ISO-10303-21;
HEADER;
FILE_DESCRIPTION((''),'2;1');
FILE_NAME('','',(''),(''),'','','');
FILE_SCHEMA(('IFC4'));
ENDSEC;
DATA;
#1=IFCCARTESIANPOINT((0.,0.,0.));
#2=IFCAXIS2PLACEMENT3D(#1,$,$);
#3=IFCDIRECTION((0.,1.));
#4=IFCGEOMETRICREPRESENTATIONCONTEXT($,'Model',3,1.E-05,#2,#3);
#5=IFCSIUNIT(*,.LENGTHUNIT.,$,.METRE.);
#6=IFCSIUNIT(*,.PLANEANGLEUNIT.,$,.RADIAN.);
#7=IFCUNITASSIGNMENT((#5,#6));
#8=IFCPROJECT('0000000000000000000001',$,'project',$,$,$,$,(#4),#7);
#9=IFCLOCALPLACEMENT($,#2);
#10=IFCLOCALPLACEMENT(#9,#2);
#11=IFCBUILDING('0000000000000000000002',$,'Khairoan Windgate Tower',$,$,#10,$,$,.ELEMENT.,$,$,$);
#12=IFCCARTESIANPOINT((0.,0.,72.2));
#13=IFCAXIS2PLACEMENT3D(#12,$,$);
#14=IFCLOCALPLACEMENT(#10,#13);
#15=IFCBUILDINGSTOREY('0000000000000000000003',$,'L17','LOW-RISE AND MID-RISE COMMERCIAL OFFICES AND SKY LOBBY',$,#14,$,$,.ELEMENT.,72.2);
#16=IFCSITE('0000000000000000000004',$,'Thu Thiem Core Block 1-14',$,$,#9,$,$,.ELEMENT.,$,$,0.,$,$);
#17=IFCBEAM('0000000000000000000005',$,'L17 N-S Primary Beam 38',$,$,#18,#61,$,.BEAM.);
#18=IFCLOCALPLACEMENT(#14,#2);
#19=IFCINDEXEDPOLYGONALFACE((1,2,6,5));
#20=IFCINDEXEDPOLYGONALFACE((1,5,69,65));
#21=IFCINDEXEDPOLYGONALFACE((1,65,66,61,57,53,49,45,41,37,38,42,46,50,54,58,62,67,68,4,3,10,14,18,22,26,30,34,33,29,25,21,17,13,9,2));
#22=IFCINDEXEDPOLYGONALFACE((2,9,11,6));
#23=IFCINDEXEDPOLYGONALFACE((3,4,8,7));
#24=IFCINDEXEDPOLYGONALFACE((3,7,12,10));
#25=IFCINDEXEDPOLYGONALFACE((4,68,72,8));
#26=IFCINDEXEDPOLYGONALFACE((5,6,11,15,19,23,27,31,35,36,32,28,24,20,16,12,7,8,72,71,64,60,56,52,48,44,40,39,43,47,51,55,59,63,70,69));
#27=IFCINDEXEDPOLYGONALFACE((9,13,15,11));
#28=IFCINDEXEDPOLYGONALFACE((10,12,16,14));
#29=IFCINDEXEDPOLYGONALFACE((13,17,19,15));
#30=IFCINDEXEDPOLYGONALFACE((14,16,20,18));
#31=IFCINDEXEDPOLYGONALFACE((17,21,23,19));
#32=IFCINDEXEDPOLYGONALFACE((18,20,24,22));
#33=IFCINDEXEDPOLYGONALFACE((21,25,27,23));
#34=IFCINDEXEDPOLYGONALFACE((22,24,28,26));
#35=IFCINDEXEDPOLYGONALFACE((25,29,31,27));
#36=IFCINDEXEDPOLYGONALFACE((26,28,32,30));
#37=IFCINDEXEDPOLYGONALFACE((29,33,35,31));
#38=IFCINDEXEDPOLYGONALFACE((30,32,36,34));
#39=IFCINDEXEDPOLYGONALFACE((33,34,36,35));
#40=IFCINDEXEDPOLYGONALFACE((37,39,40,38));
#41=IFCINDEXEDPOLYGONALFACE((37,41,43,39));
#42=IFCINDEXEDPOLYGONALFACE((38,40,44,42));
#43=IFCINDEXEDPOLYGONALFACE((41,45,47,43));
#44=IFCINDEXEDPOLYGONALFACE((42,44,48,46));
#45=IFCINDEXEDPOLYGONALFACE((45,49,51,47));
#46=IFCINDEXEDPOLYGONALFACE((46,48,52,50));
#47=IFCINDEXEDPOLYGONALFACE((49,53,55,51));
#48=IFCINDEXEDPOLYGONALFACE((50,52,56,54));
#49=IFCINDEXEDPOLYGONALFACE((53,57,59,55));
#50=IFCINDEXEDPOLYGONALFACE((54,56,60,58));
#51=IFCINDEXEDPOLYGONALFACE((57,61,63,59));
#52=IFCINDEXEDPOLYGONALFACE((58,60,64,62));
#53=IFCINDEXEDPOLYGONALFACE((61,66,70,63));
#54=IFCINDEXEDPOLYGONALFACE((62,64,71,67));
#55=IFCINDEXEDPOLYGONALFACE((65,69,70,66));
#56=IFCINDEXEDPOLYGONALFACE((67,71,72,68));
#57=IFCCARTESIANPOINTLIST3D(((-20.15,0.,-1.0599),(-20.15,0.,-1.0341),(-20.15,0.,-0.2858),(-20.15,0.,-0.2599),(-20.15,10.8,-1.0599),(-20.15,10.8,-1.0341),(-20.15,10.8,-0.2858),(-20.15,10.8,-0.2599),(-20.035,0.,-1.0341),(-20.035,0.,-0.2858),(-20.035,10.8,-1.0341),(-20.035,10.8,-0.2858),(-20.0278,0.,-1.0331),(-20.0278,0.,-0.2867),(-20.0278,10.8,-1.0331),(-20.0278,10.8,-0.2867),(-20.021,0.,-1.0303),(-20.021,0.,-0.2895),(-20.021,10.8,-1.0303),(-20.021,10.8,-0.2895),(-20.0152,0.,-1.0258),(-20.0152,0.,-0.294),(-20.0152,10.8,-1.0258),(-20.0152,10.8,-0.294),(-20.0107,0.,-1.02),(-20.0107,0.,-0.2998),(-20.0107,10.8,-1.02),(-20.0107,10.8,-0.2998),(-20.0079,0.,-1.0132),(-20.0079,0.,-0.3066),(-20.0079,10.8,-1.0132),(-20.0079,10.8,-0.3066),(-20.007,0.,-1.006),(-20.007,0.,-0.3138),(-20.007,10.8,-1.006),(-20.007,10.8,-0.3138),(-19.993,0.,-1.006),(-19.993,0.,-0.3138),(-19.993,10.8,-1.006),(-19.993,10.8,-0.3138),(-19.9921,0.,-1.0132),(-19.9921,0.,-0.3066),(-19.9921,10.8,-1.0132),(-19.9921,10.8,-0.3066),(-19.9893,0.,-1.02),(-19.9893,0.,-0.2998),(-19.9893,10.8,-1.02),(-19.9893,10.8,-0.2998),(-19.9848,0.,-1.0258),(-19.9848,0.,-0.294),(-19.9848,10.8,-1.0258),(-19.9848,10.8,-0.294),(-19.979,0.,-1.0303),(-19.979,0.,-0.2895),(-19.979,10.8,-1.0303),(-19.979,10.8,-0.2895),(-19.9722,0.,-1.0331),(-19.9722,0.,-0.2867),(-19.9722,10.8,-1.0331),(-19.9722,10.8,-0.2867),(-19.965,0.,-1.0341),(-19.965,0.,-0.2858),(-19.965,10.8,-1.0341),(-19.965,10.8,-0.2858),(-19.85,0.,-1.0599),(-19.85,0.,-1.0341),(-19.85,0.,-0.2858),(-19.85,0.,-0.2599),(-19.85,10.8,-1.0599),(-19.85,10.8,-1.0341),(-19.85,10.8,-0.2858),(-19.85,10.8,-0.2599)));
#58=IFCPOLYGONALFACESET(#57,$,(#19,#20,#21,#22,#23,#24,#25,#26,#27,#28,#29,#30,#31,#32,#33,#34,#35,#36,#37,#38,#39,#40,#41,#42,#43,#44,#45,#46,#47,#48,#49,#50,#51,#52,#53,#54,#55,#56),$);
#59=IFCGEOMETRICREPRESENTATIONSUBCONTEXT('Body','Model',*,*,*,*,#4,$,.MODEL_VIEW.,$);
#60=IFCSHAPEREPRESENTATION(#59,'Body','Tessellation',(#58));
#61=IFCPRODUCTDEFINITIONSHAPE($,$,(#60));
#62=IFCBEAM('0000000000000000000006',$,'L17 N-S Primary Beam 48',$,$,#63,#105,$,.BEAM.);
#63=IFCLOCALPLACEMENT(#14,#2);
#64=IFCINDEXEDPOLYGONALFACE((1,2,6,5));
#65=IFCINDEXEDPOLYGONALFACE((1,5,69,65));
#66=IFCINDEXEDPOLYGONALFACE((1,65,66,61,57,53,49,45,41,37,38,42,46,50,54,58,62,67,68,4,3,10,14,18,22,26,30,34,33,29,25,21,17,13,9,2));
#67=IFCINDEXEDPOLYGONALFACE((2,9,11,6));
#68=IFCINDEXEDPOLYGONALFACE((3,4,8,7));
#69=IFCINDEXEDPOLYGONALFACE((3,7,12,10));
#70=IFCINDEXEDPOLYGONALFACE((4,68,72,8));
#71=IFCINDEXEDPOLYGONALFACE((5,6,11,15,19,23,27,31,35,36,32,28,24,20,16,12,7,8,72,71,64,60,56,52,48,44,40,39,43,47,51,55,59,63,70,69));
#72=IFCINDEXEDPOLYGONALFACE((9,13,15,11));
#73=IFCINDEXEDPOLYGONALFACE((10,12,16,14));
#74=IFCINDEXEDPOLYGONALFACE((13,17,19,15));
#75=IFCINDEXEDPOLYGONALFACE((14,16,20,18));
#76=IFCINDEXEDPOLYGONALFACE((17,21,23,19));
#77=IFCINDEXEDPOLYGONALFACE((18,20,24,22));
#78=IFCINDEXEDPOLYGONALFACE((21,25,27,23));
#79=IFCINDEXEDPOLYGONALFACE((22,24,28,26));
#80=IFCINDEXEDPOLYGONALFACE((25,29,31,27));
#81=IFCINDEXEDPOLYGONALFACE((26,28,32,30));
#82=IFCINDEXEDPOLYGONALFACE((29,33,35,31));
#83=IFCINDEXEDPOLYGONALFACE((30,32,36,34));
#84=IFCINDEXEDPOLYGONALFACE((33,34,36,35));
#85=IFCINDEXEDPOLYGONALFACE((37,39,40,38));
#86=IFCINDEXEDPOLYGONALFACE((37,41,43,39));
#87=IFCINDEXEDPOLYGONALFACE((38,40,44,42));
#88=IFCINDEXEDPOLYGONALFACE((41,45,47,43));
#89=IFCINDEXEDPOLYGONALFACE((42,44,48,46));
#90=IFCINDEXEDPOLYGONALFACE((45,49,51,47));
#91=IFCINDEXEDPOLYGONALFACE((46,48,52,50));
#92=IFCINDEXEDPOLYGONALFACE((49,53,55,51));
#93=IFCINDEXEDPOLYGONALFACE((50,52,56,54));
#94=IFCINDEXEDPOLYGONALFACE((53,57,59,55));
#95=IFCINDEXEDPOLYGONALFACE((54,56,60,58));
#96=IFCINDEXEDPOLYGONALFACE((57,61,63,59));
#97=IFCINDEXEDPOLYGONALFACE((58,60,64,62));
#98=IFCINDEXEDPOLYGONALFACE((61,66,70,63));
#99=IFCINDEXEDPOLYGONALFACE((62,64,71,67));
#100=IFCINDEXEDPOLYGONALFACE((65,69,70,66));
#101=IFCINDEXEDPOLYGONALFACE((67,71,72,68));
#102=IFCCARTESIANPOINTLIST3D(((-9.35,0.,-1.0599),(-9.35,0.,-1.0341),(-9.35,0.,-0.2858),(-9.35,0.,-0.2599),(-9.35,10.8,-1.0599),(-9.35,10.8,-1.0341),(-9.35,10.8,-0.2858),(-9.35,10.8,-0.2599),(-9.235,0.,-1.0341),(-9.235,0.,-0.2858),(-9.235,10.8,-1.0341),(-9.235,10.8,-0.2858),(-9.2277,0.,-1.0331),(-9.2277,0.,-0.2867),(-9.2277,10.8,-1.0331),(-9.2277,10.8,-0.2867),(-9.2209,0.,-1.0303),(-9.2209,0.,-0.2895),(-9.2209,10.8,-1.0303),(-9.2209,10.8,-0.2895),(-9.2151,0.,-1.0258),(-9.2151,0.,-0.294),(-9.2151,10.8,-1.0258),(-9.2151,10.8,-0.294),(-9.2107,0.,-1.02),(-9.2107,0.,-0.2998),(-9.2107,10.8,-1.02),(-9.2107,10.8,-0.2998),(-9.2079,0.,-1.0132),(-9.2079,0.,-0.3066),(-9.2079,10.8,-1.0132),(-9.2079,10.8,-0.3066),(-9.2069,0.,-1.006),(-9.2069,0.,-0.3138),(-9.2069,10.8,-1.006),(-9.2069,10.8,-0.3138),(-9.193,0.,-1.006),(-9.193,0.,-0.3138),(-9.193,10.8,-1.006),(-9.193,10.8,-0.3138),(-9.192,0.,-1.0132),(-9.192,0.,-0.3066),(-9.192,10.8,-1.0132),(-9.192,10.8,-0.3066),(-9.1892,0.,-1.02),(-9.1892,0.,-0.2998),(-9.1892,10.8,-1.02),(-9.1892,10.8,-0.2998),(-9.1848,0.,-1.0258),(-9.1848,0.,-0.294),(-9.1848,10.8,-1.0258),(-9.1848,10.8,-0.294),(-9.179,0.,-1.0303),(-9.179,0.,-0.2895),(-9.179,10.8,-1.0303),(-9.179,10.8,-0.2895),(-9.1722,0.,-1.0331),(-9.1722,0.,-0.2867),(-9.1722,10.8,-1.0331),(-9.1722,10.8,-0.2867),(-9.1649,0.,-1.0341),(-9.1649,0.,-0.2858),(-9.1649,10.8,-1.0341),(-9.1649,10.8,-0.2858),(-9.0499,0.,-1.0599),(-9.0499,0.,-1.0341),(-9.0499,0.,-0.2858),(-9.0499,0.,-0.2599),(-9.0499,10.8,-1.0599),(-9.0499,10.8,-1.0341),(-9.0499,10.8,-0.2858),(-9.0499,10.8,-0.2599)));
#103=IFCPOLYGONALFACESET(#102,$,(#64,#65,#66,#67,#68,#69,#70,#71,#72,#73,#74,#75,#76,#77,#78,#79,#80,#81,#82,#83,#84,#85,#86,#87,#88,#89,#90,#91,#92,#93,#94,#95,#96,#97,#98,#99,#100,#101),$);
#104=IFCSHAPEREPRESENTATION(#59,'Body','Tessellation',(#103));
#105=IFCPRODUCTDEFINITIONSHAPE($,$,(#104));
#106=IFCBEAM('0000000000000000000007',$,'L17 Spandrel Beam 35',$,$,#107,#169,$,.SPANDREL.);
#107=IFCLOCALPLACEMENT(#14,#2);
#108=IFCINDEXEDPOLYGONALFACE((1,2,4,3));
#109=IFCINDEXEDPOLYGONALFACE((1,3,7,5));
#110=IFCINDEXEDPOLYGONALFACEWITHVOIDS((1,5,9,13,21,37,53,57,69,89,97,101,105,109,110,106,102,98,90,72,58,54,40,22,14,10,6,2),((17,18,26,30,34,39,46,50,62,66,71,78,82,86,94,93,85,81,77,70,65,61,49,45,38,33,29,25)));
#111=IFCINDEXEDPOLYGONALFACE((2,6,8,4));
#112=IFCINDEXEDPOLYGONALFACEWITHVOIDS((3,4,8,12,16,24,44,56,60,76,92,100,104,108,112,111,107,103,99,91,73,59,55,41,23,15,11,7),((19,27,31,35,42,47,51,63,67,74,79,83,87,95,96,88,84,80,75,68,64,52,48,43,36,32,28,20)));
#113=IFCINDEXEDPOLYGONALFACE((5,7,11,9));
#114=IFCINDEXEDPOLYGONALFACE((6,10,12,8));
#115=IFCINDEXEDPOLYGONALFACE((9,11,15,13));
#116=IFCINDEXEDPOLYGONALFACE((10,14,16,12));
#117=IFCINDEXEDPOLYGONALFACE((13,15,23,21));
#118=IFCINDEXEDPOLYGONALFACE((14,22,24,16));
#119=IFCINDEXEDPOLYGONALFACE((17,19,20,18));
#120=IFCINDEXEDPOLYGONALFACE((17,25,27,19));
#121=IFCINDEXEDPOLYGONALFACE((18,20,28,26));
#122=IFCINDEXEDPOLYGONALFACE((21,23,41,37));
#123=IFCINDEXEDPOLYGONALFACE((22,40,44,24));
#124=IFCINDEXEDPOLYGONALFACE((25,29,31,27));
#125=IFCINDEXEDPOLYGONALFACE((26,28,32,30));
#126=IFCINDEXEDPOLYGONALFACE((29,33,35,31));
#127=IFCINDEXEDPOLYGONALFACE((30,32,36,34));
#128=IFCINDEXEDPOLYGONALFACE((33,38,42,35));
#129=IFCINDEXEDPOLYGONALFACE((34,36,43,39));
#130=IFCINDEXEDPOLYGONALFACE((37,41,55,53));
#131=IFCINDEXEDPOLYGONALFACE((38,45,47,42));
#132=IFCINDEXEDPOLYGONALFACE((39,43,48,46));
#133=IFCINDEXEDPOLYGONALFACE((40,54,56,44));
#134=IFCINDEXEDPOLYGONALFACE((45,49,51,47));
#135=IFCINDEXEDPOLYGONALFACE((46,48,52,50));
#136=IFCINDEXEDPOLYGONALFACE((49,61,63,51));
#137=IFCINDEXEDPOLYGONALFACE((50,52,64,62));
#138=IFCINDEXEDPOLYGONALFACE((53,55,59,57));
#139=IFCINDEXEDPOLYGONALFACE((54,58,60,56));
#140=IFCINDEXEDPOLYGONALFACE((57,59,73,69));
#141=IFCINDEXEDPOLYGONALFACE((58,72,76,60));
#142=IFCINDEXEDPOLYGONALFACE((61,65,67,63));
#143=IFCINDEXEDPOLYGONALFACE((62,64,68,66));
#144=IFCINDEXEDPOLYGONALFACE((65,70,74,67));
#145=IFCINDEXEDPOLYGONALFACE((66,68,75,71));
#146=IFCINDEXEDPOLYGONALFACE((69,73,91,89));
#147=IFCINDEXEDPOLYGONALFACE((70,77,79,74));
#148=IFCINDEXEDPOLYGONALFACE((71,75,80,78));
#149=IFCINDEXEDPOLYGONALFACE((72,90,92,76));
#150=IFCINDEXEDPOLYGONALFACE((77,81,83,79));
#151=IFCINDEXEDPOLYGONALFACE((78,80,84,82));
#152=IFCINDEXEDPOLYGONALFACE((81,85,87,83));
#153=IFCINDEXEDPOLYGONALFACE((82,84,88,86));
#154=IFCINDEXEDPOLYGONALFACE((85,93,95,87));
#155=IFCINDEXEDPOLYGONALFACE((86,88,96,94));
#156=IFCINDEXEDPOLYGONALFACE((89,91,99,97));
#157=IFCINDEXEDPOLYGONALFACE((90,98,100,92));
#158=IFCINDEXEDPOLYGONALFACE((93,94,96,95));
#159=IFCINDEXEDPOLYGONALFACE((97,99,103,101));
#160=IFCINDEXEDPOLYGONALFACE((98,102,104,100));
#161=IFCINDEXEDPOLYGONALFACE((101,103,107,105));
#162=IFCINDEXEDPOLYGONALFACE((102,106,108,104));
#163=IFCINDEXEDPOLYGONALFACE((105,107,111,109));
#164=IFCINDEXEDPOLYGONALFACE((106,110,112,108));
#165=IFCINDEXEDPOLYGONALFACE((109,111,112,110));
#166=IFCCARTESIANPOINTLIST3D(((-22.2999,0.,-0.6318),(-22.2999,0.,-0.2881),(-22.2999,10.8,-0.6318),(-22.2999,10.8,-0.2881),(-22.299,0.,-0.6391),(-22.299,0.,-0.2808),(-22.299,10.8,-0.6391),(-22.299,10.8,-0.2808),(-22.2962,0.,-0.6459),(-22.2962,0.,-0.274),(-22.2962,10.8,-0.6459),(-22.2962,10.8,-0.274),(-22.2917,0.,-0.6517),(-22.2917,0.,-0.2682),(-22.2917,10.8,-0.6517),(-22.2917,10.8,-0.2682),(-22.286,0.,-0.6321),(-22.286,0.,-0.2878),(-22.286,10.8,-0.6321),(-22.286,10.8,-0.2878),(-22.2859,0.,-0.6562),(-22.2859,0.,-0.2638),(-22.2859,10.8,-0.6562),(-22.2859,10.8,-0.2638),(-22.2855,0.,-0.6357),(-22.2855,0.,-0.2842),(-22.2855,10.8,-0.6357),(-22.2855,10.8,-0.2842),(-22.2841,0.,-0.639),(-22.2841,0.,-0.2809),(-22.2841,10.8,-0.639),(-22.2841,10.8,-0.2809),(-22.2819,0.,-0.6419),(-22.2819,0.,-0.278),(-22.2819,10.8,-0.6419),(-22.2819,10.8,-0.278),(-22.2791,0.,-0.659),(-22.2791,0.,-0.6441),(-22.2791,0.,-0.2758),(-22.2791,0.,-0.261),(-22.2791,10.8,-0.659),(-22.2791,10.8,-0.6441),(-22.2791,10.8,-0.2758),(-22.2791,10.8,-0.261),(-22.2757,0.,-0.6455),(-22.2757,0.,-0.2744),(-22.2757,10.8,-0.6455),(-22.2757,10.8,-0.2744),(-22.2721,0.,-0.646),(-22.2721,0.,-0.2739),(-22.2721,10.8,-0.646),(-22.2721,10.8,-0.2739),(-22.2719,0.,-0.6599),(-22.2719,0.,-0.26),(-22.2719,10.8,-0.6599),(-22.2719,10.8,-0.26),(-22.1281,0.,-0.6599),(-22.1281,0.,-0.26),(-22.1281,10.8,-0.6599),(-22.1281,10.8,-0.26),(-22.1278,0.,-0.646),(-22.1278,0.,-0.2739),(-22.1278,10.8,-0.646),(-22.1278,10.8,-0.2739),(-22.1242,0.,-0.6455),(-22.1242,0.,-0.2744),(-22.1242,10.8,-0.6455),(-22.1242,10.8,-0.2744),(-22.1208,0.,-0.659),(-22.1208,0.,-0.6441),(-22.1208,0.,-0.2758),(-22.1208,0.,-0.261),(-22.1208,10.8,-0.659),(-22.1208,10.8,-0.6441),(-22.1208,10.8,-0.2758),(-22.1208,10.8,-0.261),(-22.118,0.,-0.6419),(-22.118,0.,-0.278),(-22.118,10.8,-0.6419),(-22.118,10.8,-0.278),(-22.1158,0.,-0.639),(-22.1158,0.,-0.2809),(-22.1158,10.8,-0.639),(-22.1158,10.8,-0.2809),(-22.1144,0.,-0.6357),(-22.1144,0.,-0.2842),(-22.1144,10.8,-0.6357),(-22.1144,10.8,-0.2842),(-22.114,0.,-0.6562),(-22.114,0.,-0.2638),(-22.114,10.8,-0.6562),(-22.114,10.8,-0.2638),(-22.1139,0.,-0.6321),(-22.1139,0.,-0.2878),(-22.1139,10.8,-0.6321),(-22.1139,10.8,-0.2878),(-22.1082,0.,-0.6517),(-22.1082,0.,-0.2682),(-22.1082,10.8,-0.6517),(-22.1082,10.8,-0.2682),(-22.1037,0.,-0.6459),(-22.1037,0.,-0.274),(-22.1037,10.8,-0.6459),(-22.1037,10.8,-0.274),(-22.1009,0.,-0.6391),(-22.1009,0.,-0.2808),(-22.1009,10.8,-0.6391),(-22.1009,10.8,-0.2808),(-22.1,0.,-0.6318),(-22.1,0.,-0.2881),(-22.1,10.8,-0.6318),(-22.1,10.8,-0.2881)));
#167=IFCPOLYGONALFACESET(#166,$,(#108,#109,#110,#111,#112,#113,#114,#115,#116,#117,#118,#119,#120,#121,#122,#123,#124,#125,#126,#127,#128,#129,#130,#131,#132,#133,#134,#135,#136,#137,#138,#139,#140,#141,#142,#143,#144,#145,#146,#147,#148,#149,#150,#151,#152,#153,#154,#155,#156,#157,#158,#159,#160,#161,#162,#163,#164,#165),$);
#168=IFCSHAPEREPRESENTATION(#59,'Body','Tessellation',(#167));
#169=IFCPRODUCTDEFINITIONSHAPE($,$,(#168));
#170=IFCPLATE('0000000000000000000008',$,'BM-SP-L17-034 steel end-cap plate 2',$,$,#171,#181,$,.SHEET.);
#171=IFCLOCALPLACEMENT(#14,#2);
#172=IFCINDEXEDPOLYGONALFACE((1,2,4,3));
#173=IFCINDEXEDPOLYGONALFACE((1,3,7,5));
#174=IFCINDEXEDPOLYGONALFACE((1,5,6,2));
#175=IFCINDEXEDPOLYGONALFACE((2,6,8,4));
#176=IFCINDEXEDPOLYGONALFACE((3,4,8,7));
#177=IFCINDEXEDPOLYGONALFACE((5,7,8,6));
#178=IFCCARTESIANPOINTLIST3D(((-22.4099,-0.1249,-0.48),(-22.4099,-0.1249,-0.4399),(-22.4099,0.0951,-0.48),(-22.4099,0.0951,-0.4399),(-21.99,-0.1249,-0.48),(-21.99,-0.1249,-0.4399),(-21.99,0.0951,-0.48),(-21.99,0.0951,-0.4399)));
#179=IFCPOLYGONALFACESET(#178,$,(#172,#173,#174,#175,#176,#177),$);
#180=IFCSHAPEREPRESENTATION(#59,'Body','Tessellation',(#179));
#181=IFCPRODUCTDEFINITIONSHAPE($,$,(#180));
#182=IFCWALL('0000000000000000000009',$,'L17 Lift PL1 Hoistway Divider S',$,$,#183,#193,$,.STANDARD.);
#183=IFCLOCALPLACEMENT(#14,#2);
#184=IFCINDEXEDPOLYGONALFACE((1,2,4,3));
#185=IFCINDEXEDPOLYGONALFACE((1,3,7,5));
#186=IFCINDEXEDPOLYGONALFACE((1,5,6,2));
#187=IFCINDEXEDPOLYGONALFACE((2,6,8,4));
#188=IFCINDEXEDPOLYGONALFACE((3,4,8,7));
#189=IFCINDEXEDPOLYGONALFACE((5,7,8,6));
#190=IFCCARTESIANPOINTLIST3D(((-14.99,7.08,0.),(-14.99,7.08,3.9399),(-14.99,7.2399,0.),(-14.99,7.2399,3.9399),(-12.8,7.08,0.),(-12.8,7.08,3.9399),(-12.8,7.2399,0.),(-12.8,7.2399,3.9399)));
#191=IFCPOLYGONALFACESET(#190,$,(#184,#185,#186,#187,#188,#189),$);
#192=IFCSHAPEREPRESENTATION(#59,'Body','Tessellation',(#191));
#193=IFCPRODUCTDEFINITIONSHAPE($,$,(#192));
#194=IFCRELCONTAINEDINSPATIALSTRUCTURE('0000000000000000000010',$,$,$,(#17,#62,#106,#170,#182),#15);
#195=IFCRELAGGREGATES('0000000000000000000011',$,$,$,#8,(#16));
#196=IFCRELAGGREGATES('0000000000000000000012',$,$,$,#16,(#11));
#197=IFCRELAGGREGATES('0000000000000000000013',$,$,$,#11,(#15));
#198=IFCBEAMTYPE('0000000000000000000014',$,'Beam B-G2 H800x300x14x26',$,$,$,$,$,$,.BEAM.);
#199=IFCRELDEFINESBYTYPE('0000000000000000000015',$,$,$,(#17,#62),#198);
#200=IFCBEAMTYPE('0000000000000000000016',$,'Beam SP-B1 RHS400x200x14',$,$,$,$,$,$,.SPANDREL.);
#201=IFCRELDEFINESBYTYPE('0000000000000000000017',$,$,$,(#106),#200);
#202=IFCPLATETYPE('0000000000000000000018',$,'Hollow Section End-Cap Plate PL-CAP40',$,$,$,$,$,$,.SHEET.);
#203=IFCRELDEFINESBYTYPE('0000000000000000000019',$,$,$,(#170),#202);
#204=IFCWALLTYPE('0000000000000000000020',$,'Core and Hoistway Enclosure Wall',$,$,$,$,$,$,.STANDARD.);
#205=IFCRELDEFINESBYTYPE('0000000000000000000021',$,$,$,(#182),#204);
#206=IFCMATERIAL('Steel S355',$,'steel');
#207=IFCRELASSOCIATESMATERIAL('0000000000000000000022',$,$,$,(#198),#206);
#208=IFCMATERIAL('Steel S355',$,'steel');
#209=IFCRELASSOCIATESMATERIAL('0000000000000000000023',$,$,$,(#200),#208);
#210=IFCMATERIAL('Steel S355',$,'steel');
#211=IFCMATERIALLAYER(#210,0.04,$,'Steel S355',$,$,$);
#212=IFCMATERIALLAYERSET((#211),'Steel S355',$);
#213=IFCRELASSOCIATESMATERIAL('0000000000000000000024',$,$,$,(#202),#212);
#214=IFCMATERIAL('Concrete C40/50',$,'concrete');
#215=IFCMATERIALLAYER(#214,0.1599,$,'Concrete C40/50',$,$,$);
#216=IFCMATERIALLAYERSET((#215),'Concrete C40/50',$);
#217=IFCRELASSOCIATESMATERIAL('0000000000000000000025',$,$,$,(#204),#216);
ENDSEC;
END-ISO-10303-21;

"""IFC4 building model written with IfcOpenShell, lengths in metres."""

from ifc_helpers import new_model, si_unit, direction, frame, frame_2d, origin, origin_2d, place, context, subcontext, project, spatial, rectangle, hollow_rectangle, i_section, extrude, material, layer, layer_set, material_profile, profile_set, type_object, element, save


model = new_model("IFC4")

# Units and contexts
model_context = context("Model", 3, precision=1e-05, world=origin(), true_north=direction((0.0, 1.0)))
body_context = subcontext(model_context, "Body", "Model", "MODEL_VIEW")
ifc_project = project(units=[si_unit("LENGTHUNIT", "METRE"), si_unit("PLANEANGLEUNIT", "RADIAN")], contexts=[model_context])

# Site, building, storey
site_placement = place(None, origin())
site = spatial("IfcSite", under=ifc_project, at=site_placement, Name="Thu Thiem Core Block 1-14", CompositionType="ELEMENT", RefElevation=0.0)
building_placement = place(site_placement, origin())
building = spatial("IfcBuilding", under=site, at=building_placement, Name="Khairoan Windgate Tower", CompositionType="ELEMENT")
storey_placement = place(building_placement, frame((0.0, 0.0, 72.2)))
storey = spatial("IfcBuildingStorey", under=building, at=storey_placement, Name="L17", Description="LOW-RISE AND MID-RISE COMMERCIAL OFFICES AND SKY LOBBY", CompositionType="ELEMENT", Elevation=72.2)

# Beams
ifc_material_1 = material(Name="Steel S355", Category="steel")
ifc_material_profile_1 = material_profile(ifc_material_1, i_section(OverallWidth=0.3, OverallDepth=0.8, WebThickness=0.0139, FlangeThickness=0.0259, FilletRadius=0.0281, at=origin_2d()))
ifc_profile_set_1 = profile_set([ifc_material_profile_1], Name="Steel S355")
beam_type_1 = type_object("IfcBeamType", Name="Beam B-G2 H800x300x14x26", PredefinedType="BEAM", material=ifc_profile_set_1)
for number, where, z_axis, x_axis, name in (
    (1, (-20.0, 0.0, -0.6599), (0.0, 1.0, 0.0), (-1.0, 0.0, 0.0), "L17 N-S Primary Beam 38"),
    (2, (-9.2, 0.0, -0.6599), (0.0, 1.0, 0.0), (-1.0, 0.0, 0.0), "L17 N-S Primary Beam 48"),
):
    element("IfcBeam", number, at=place(storey_placement, frame(where, z_axis=z_axis, x_axis=x_axis)), inside=storey, type_object=beam_type_1, Name=name, PredefinedType="BEAM", context=body_context, shape_type="SweptSolid", body=[
        extrude(i_section(OverallWidth=0.3, OverallDepth=0.8, WebThickness=0.0139, FlangeThickness=0.0259, FilletRadius=0.0281, at=origin_2d()), origin(), (0.0, 0.0, 1.0), 10.8),
    ])
ifc_material_2 = material(Name="Steel S355", Category="steel")
ifc_material_profile_2 = material_profile(ifc_material_2, hollow_rectangle(XDim=0.2, YDim=0.3999, WallThickness=0.0139, InnerFilletRadius=0.0139, OuterFilletRadius=0.0281, at=origin_2d()))
ifc_profile_set_2 = profile_set([ifc_material_profile_2], Name="Steel S355")
beam_type_2 = type_object("IfcBeamType", Name="Beam SP-B1 RHS400x200x14", PredefinedType="SPANDREL", material=ifc_profile_set_2)
beam_1_placement = place(storey_placement, frame((-22.2, 0.0, -0.46), z_axis=(0.0, 1.0, 0.0), x_axis=(-1.0, 0.0, 0.0)))
element("IfcBeam", 3, at=beam_1_placement, inside=storey, type_object=beam_type_2, Name="L17 Spandrel Beam 35", PredefinedType="SPANDREL", context=body_context, shape_type="SweptSolid", body=[
    extrude(hollow_rectangle(XDim=0.2, YDim=0.3999, WallThickness=0.0139, InnerFilletRadius=0.0139, OuterFilletRadius=0.0281, at=origin_2d()), origin(), (0.0, 0.0, 1.0), 10.8),
])

# Plate
ifc_material_3 = material(Name="Steel S355", Category="steel")
ifc_layer_1 = layer(ifc_material_3, 0.04, Name="Steel S355")
ifc_layer_set_1 = layer_set([ifc_layer_1], Name="Steel S355")
plate_type = type_object("IfcPlateType", Name="Hollow Section End-Cap Plate PL-CAP40", PredefinedType="SHEET", material=ifc_layer_set_1)
plate_placement = place(storey_placement, frame((-22.2, -0.0149, -0.48), z_axis=(0.0, 0.0, 1.0), x_axis=(0.0, 1.0, 0.0)))
element("IfcPlate", 4, at=plate_placement, inside=storey, type_object=plate_type, Name="BM-SP-L17-034 steel end-cap plate 2", PredefinedType="SHEET", context=body_context, shape_type="SweptSolid", body=[
    extrude(rectangle(XDim=0.22, YDim=0.4199, at=origin_2d()), origin(), (0.0, 0.0, 1.0), 0.04),
])

# Wall
ifc_material_4 = material(Name="Concrete C40/50", Category="concrete")
ifc_layer_2 = layer(ifc_material_4, 0.1599, Name="Concrete C40/50")
ifc_layer_set_2 = layer_set([ifc_layer_2], Name="Concrete C40/50")
wall_type_1 = type_object("IfcWallType", Name="Core and Hoistway Enclosure Wall", PredefinedType="STANDARD", material=ifc_layer_set_2)
wall_1_placement = place(storey_placement, frame((-14.99, 7.1599, 0.0), z_axis=(0.0, 0.0, 1.0), x_axis=(1.0, 0.0, 0.0)))
element("IfcWall", 5, at=wall_1_placement, inside=storey, type_object=wall_type_1, Name="L17 Lift PL1 Hoistway Divider S", PredefinedType="STANDARD", context=body_context, shape_type="SweptSolid", body=[
    extrude(rectangle(XDim=2.1899, YDim=0.1599, at=frame_2d((1.095, 0.0))), origin(), (0.0, 0.0, 1.0), 3.9399),
])

save(model, "model.ifc")
